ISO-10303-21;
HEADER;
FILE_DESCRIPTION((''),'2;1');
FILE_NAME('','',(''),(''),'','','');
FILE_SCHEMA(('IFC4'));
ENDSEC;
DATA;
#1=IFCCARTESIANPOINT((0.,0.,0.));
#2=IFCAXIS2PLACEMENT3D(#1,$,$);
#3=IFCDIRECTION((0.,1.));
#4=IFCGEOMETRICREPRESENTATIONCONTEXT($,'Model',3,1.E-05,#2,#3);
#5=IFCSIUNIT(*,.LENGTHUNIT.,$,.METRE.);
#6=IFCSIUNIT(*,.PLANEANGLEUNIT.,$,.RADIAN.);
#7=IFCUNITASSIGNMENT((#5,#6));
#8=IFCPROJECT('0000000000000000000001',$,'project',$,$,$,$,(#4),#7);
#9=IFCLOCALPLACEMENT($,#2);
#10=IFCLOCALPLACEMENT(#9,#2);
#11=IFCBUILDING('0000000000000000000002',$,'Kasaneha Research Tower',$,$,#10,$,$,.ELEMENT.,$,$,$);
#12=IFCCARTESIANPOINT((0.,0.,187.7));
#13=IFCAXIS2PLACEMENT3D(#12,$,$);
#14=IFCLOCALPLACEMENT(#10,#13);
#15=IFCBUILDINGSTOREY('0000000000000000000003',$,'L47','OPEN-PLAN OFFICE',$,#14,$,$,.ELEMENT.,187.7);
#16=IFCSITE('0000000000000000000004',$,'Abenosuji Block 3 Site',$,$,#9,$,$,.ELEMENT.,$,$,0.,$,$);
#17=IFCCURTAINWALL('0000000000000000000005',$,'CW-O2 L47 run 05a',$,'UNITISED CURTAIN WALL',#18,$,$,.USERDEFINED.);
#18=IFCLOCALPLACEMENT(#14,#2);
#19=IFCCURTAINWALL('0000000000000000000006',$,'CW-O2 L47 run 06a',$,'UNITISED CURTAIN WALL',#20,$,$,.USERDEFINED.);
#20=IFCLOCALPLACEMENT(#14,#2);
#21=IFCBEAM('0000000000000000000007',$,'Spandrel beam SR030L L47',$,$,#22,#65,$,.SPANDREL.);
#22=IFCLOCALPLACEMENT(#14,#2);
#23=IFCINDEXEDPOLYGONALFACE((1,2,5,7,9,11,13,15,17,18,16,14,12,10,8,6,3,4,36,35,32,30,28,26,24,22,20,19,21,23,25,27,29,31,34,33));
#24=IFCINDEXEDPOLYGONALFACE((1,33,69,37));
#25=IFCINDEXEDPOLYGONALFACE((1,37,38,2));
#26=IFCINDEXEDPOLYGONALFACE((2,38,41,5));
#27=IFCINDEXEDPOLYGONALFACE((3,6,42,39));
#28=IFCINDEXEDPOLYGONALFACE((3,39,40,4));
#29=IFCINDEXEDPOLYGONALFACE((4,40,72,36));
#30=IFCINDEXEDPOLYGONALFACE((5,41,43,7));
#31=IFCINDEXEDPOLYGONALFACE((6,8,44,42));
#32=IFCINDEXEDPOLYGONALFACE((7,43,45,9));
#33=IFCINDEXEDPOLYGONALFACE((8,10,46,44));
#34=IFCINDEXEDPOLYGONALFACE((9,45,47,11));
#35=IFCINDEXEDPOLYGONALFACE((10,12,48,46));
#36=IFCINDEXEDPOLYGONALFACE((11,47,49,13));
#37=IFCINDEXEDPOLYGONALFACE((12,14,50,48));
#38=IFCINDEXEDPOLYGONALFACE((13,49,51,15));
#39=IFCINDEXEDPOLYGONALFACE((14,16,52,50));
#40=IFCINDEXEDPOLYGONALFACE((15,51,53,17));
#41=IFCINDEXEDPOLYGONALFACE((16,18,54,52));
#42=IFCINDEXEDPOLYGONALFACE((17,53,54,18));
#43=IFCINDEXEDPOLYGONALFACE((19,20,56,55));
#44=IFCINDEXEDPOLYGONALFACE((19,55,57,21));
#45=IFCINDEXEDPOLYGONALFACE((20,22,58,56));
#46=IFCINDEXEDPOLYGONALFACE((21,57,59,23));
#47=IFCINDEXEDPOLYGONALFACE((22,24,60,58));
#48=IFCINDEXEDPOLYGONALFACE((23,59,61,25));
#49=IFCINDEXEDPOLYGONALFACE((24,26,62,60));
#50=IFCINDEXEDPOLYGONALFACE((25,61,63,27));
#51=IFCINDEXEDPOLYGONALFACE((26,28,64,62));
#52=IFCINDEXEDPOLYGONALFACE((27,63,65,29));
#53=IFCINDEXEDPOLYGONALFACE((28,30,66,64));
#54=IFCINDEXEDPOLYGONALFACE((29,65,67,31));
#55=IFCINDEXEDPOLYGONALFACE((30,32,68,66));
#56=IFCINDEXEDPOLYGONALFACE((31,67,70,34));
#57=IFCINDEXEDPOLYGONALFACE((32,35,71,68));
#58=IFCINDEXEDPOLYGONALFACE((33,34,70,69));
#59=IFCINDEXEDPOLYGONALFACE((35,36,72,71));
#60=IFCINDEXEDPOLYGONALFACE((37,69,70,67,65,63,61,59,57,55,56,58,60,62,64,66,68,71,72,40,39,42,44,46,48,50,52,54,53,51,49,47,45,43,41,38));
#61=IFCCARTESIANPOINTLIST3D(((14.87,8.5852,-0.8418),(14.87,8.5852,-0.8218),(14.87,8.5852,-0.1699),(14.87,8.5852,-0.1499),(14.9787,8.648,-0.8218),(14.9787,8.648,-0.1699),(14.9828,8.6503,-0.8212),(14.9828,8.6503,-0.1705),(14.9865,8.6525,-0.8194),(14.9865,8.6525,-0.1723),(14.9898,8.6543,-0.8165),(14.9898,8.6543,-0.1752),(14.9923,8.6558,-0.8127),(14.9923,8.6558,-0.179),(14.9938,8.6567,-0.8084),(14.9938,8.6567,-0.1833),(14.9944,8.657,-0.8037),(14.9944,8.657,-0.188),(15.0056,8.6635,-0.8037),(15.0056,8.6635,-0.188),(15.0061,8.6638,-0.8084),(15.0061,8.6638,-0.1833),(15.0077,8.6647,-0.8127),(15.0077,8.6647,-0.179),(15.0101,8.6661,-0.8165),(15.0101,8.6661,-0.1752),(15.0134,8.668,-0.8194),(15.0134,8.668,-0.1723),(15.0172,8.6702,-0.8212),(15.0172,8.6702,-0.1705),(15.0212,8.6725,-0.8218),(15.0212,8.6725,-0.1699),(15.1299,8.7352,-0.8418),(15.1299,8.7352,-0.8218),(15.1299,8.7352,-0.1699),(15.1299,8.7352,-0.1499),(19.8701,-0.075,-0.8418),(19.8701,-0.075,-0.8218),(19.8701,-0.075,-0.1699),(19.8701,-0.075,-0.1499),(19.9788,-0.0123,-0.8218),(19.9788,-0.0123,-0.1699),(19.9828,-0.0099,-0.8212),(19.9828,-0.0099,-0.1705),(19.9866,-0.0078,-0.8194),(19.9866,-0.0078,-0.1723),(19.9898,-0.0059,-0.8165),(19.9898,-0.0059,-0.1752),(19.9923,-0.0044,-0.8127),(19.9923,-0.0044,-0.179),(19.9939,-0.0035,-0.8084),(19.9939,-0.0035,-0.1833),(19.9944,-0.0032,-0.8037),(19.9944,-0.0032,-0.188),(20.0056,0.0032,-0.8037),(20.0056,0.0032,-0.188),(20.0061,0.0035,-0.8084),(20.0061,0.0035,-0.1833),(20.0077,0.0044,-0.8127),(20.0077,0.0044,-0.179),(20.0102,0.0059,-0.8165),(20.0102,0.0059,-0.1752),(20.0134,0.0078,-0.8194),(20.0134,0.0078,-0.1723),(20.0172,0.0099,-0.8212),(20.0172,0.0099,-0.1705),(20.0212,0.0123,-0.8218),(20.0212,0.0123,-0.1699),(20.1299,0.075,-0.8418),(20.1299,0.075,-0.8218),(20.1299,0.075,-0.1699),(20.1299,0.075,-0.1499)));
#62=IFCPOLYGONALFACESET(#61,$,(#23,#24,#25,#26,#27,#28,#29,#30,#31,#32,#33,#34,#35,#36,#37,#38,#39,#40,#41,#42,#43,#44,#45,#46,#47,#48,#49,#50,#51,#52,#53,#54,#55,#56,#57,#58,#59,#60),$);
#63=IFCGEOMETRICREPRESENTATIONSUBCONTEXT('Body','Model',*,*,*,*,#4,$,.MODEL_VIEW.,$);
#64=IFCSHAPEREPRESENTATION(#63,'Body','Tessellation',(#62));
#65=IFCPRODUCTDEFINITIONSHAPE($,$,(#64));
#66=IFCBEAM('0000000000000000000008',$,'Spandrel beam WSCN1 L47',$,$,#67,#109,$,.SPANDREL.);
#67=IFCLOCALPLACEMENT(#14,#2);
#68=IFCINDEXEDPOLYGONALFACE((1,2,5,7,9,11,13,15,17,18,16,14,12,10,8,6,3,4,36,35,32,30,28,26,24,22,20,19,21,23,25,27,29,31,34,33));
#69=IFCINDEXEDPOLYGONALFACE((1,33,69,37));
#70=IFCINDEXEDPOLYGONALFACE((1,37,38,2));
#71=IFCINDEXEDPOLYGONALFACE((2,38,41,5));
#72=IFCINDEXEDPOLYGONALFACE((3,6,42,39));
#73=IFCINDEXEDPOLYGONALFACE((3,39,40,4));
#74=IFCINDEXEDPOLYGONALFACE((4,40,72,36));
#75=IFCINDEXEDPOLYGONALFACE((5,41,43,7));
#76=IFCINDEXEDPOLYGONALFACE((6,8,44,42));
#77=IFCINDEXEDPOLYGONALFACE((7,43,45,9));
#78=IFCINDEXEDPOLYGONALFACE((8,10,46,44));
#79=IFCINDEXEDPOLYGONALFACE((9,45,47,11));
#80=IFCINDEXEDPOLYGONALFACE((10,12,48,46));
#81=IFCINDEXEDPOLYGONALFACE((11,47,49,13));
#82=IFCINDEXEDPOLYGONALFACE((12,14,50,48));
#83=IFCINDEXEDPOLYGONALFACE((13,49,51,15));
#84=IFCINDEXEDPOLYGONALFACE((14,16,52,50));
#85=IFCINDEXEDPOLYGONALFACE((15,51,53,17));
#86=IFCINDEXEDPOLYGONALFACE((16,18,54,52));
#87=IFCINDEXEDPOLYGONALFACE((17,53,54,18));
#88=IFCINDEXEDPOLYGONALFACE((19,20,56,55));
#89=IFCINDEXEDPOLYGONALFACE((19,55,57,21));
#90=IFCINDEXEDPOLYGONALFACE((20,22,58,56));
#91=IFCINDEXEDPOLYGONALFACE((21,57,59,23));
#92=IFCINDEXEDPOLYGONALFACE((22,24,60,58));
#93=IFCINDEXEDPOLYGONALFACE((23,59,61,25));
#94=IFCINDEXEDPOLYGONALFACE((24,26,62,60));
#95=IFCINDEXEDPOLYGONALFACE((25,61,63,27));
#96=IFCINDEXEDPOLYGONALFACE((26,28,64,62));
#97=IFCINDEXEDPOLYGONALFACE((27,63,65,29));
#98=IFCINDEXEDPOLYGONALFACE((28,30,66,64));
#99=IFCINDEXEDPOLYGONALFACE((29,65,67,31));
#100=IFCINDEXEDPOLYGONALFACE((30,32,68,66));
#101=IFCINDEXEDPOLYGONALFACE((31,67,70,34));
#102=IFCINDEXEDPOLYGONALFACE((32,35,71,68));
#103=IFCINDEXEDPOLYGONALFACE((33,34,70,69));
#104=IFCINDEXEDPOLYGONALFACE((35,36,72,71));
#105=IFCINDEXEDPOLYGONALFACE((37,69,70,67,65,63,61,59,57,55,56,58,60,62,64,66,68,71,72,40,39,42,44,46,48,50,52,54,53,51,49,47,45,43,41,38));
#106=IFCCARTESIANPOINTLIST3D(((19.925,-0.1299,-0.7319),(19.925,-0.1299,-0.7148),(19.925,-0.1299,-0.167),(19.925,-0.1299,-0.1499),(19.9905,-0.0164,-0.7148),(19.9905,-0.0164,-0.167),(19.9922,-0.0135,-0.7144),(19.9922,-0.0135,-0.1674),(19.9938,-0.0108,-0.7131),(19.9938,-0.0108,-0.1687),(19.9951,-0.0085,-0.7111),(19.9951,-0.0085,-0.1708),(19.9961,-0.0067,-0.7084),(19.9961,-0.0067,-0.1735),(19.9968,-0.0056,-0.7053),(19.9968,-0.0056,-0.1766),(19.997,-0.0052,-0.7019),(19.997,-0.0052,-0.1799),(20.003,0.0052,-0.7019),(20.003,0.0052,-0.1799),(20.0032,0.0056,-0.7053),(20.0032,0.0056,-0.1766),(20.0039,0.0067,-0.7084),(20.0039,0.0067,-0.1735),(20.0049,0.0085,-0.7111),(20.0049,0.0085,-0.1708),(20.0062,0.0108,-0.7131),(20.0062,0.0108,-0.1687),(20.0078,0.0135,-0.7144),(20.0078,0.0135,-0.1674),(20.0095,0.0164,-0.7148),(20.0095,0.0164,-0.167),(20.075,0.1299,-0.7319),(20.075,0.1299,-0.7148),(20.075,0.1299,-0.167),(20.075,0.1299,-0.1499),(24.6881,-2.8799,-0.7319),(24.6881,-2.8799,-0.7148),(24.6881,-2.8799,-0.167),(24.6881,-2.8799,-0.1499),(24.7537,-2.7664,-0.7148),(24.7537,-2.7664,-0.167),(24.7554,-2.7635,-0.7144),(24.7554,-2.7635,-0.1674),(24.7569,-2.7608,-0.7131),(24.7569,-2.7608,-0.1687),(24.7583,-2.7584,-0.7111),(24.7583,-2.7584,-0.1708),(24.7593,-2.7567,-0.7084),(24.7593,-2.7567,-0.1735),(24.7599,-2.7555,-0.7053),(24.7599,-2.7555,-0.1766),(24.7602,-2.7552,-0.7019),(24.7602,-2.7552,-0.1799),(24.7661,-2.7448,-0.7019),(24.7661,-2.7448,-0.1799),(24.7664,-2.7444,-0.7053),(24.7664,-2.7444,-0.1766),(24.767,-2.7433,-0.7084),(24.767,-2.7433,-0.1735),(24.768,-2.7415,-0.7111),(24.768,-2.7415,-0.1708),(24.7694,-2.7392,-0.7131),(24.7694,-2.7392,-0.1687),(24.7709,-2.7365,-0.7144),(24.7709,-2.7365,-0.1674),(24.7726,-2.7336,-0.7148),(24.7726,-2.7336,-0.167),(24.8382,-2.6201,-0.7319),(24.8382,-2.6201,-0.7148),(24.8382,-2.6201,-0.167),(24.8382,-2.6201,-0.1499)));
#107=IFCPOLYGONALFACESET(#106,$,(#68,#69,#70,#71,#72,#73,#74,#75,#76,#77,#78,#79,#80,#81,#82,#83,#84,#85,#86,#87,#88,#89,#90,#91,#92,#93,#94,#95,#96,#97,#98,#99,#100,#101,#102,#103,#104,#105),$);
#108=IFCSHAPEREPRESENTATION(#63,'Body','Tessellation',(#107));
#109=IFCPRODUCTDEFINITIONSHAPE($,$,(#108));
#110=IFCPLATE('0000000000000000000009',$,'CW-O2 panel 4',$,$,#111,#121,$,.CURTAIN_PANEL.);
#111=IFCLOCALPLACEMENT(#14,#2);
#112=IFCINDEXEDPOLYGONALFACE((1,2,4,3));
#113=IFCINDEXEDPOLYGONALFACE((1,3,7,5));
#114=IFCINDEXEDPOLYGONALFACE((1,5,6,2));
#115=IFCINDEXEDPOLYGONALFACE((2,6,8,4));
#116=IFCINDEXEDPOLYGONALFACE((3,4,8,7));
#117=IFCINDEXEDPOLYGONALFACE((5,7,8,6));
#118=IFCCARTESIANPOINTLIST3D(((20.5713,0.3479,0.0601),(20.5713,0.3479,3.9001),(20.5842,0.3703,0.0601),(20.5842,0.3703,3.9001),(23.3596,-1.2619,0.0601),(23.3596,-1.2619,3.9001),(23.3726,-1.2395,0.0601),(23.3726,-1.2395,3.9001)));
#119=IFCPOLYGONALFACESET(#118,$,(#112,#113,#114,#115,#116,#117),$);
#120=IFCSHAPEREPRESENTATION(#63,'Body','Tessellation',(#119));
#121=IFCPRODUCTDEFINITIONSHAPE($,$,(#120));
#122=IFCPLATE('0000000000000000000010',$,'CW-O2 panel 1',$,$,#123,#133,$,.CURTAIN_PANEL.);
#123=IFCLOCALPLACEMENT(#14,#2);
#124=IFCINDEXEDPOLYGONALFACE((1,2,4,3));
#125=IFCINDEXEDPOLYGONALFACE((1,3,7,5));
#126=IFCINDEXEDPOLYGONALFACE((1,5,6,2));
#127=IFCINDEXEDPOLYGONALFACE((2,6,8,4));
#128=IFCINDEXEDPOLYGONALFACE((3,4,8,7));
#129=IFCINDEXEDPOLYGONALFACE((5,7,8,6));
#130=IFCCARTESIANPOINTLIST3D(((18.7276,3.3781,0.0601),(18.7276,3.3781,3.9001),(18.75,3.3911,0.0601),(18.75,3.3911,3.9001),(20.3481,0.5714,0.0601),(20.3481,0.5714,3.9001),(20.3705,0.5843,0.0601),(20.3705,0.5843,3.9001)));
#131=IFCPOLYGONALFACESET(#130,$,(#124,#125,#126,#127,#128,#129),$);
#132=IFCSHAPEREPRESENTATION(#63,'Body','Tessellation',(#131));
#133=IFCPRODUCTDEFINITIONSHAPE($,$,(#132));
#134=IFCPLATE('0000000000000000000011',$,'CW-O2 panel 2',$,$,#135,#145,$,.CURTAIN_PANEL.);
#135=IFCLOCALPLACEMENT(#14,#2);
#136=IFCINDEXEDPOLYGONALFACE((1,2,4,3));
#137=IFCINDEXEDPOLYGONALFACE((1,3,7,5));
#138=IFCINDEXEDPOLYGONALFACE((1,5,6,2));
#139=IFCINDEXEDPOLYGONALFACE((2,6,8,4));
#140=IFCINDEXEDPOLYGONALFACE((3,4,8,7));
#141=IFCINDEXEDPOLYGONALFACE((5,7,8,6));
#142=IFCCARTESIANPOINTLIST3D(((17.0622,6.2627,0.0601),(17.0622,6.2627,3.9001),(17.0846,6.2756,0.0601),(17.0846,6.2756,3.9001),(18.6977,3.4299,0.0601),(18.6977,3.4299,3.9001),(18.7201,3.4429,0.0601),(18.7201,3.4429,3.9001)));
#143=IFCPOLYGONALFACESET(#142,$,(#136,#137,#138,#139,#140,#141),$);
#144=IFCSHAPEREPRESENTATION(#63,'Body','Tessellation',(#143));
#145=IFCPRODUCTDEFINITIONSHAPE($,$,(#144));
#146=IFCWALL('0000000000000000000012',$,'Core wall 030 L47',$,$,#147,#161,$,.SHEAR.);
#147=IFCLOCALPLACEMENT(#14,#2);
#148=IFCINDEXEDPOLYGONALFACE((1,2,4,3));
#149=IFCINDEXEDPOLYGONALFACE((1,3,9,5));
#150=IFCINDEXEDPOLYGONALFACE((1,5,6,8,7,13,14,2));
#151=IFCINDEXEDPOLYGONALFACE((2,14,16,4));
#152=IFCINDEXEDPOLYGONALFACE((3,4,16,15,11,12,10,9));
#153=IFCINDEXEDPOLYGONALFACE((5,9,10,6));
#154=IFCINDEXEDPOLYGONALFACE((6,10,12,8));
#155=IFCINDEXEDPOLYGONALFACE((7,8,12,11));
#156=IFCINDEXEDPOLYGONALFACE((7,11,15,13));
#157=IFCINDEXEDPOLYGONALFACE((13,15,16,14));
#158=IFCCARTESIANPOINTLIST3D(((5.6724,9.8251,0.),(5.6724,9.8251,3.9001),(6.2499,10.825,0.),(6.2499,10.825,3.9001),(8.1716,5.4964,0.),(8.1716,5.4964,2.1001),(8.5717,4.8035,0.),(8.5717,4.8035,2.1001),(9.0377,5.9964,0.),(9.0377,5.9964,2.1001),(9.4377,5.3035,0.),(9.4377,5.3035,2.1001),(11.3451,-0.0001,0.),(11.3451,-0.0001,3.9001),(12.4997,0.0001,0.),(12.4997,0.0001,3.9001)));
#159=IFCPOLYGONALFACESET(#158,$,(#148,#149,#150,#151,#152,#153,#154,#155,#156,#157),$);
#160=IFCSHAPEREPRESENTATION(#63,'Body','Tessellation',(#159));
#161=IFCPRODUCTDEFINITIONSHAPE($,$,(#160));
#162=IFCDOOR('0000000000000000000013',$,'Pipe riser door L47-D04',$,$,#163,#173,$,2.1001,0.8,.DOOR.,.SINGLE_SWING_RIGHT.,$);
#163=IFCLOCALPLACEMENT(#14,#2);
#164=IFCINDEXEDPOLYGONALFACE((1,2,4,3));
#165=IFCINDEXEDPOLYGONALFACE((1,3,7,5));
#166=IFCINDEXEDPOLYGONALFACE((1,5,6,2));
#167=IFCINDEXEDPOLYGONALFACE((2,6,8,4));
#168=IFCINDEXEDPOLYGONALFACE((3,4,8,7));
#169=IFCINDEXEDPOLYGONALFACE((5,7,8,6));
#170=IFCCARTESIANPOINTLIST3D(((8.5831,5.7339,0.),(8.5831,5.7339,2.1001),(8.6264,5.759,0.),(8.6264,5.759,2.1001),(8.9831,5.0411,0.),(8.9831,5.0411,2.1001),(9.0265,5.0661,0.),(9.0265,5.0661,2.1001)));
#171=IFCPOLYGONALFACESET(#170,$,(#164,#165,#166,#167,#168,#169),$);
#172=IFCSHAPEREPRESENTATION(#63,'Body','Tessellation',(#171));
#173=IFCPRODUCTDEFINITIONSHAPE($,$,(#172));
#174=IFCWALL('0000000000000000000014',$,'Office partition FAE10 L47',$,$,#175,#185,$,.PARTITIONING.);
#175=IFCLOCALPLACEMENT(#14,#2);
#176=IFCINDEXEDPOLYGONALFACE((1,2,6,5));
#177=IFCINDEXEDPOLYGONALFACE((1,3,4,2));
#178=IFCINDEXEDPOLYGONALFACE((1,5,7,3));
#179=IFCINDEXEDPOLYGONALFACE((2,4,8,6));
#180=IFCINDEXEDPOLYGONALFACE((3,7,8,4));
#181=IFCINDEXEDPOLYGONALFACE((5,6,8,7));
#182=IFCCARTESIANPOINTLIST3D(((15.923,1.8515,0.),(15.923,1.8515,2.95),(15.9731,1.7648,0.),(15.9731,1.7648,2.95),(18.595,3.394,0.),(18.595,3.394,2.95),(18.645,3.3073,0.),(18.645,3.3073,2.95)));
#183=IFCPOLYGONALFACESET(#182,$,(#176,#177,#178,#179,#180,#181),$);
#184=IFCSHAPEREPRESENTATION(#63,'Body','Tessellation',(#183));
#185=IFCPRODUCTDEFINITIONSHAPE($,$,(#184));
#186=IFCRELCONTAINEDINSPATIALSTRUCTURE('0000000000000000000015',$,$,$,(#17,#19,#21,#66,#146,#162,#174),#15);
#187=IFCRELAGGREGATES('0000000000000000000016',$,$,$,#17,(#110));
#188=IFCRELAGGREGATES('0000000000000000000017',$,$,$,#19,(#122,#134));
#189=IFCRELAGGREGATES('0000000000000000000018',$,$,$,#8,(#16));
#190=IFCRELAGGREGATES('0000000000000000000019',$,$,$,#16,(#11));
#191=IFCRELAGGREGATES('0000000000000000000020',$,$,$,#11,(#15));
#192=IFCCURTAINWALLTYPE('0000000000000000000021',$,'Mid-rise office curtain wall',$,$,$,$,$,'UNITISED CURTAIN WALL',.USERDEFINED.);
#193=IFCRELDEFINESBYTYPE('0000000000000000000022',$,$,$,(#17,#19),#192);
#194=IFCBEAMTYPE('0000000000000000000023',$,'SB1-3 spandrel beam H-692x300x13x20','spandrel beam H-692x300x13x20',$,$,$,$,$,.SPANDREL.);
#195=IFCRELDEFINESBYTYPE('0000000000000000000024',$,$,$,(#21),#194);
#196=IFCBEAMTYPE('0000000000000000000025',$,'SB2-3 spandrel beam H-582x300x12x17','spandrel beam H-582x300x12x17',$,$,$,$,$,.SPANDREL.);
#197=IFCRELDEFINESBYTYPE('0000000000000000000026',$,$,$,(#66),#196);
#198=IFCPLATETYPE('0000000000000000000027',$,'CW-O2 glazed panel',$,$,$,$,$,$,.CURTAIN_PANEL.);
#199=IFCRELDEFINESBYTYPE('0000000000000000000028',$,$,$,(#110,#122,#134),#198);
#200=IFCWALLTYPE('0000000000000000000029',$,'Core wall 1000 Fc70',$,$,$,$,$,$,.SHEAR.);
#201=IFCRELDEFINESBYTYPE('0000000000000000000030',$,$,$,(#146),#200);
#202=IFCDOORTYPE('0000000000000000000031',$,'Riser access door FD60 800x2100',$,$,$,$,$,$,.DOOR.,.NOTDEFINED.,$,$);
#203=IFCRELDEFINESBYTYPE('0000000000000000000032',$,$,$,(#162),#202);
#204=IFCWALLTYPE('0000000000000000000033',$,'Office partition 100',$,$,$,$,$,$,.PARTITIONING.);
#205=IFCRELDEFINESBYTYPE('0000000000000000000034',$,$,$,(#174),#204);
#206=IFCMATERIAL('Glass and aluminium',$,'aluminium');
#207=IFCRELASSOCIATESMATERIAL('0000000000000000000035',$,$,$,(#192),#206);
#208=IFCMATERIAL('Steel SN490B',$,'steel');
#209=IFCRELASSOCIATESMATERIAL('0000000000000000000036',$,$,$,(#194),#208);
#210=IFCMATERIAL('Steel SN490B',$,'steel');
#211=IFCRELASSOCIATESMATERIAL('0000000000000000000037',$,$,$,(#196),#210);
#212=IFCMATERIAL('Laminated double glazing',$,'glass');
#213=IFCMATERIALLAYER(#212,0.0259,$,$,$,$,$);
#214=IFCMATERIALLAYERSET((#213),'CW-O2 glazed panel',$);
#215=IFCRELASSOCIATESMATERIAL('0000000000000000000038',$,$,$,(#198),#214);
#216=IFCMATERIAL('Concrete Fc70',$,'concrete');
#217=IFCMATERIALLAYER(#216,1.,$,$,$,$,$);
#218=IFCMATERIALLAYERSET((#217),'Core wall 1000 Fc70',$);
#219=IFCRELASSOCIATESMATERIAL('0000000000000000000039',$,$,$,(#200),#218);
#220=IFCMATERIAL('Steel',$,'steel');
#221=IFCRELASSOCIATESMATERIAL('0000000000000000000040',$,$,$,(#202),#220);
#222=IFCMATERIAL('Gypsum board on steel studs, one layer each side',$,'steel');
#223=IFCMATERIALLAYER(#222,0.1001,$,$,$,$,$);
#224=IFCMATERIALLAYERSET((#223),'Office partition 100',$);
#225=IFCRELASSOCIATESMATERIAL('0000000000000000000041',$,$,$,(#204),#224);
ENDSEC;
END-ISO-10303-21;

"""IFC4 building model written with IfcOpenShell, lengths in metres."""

from ifc_helpers import new_model, si_unit, direction, frame, frame_2d, origin, origin_2d, place, context, subcontext, project, spatial, polyline, rectangle, i_section, outline, extrude, material, layer, layer_set, material_profile, profile_set, type_object, element, fill, aggregate, save


model = new_model("IFC4")

# Units and contexts
model_context = context("Model", 3, precision=1e-05, world=origin(), true_north=direction((0.0, 1.0)))
body_context = subcontext(model_context, "Body", "Model", "MODEL_VIEW")
ifc_project = project(units=[si_unit("LENGTHUNIT", "METRE"), si_unit("PLANEANGLEUNIT", "RADIAN")], contexts=[model_context])

# Site, building, storey
site_placement = place(None, origin())
site = spatial("IfcSite", under=ifc_project, at=site_placement, Name="Abenosuji Block 3 Site", CompositionType="ELEMENT", RefElevation=0.0)
building_placement = place(site_placement, origin())
building = spatial("IfcBuilding", under=site, at=building_placement, Name="Kasaneha Research Tower", CompositionType="ELEMENT")
storey_placement = place(building_placement, frame((0.0, 0.0, 187.7)))
storey = spatial("IfcBuildingStorey", under=building, at=storey_placement, Name="L47", Description="OPEN-PLAN OFFICE", CompositionType="ELEMENT", Elevation=187.7)

# Curtain walls
ifc_material_1 = material(Name="Glass and aluminium", Category="aluminium")
curtain_wall_type = type_object("IfcCurtainWallType", Name="Mid-rise office curtain wall", ElementType="UNITISED CURTAIN WALL", PredefinedType="USERDEFINED", material=ifc_material_1)
curtain_wall_1_placement = place(storey_placement, origin())
curtain_wall_1 = element("IfcCurtainWall", 1, at=curtain_wall_1_placement, inside=storey, type_object=curtain_wall_type, Name="CW-O2 L47 run 05a", ObjectType="UNITISED CURTAIN WALL", PredefinedType="USERDEFINED")
curtain_wall_2_placement = place(storey_placement, origin())
curtain_wall_2 = element("IfcCurtainWall", 2, at=curtain_wall_2_placement, inside=storey, type_object=curtain_wall_type, Name="CW-O2 L47 run 06a", ObjectType="UNITISED CURTAIN WALL", PredefinedType="USERDEFINED")

# Beams
ifc_material_2 = material(Name="Steel SN490B", Category="steel")
ifc_material_profile_1 = material_profile(ifc_material_2, i_section(OverallWidth=0.3, OverallDepth=0.6919, WebThickness=0.0129, FlangeThickness=0.02, FilletRadius=0.0181, at=origin_2d()), Name="H-692x300x13x20")
ifc_profile_set_1 = profile_set([ifc_material_profile_1], Name="Steel SN490B")
beam_type_1 = type_object("IfcBeamType", Name="SB1-3 spandrel beam H-692x300x13x20", Description="spandrel beam H-692x300x13x20", PredefinedType="SPANDREL", material=ifc_profile_set_1)
beam_1_placement = place(storey_placement, frame((20.0, 0.0, -0.4958), z_axis=(-0.500004, 0.866023, 0.0), x_axis=(-0.866023, -0.500004, 0.0)))
element("IfcBeam", 3, at=beam_1_placement, inside=storey, type_object=beam_type_1, Name="Spandrel beam SR030L L47", PredefinedType="SPANDREL", context=body_context, shape_type="SweptSolid", body=[
    extrude(i_section(OverallWidth=0.3, OverallDepth=0.6919, WebThickness=0.0129, FlangeThickness=0.02, FilletRadius=0.0181, at=origin_2d()), origin(), (0.0, 0.0, 1.0), 10.0),
])
ifc_material_3 = material(Name="Steel SN490B", Category="steel")
ifc_material_profile_2 = material_profile(ifc_material_3, i_section(OverallWidth=0.3, OverallDepth=0.582, WebThickness=0.012, FlangeThickness=0.0171, FilletRadius=0.0129, at=origin_2d()), Name="H-582x300x12x17")
ifc_profile_set_2 = profile_set([ifc_material_profile_2], Name="Steel SN490B")
beam_type_2 = type_object("IfcBeamType", Name="SB2-3 spandrel beam H-582x300x12x17", Description="spandrel beam H-582x300x12x17", PredefinedType="SPANDREL", material=ifc_profile_set_2)
beam_2_placement = place(storey_placement, frame((20.0, 0.0, -0.4409), z_axis=(0.866027, -0.499997, 0.0), x_axis=(0.499997, 0.866027, 0.0)))
element("IfcBeam", 4, at=beam_2_placement, inside=storey, type_object=beam_type_2, Name="Spandrel beam WSCN1 L47", PredefinedType="SPANDREL", context=body_context, shape_type="SweptSolid", body=[
    extrude(i_section(OverallWidth=0.3, OverallDepth=0.582, WebThickness=0.012, FlangeThickness=0.0171, FilletRadius=0.0129, at=origin_2d()), origin(), (0.0, 0.0, 1.0), 5.5),
])

# Plates
ifc_material_4 = material(Name="Laminated double glazing", Category="glass")
ifc_layer_1 = layer(ifc_material_4, 0.0259)
ifc_layer_set_1 = layer_set([ifc_layer_1], Name="CW-O2 glazed panel")
plate_type = type_object("IfcPlateType", Name="CW-O2 glazed panel", PredefinedType="CURTAIN_PANEL", material=ifc_layer_set_1)
plate_1_placement = place(storey_placement, frame((21.9719, -0.4458, 0.0601), z_axis=(0.0, 0.0, 1.0), x_axis=(-0.866025, 0.5, 0.0)))
plate_1 = element("IfcPlate", 5, at=plate_1_placement, type_object=plate_type, Name="CW-O2 panel 4", PredefinedType="CURTAIN_PANEL", context=body_context, shape_type="SweptSolid", body=[
    extrude(rectangle(XDim=3.2197, YDim=0.0259, at=origin_2d()), origin(), (0.0, 0.0, 1.0), 3.8401),
])
aggregate(curtain_wall_1, [plate_1])
plate_2_placement = place(storey_placement, frame((19.5491, 1.9812, 0.0601), z_axis=(0.0, 0.0, 1.0), x_axis=(-0.5, 0.866025, 0.0)))
plate_2 = element("IfcPlate", 6, at=plate_2_placement, type_object=plate_type, Name="CW-O2 panel 1", PredefinedType="CURTAIN_PANEL", context=body_context, shape_type="SweptSolid", body=[
    extrude(rectangle(XDim=3.241, YDim=0.0259, at=origin_2d()), origin(), (0.0, 0.0, 1.0), 3.8401),
])
plate_3_placement = place(storey_placement, frame((17.8911, 4.8528, 0.0601), z_axis=(0.0, 0.0, 1.0), x_axis=(-0.5, 0.866025, 0.0)))
plate_3 = element("IfcPlate", 7, at=plate_3_placement, type_object=plate_type, Name="CW-O2 panel 2", PredefinedType="CURTAIN_PANEL", context=body_context, shape_type="SweptSolid", body=[
    extrude(rectangle(XDim=3.271, YDim=0.0259, at=origin_2d()), origin(), (0.0, 0.0, 1.0), 3.8401),
])
aggregate(curtain_wall_2, [plate_2, plate_3])

# Wall, opening, door
ifc_material_5 = material(Name="Concrete Fc70", Category="concrete")
ifc_layer_2 = layer(ifc_material_5, 1.0)
ifc_layer_set_2 = layer_set([ifc_layer_2], Name="Core wall 1000 Fc70")
wall_type_1 = type_object("IfcWallType", Name="Core wall 1000 Fc70", PredefinedType="SHEAR", material=ifc_layer_set_2)
wall_1_placement = place(storey_placement, frame((11.9224, 0.0, 0.0), z_axis=(0.0, 0.0, 1.0), x_axis=(-0.500004, 0.866023, 0.0)))
wall_1 = element("IfcWall", 8, at=wall_1_placement, inside=storey, type_object=wall_type_1, Name="Core wall 030 L47", PredefinedType="SHEAR", context=body_context, shape_type="SweptSolid", body=[
    extrude(outline(polyline([(-0.2886, -0.5), (5.8354, -0.5), (6.6355, -0.5), (12.2109, -0.5), (11.6338, 0.5), (6.6355, 0.5), (5.8354, 0.5), (0.2886, 0.5), (-0.2886, -0.5)])), origin(), (0.0, 0.0, 1.0), 3.9001),
])
opening_1_placement = place(wall_1_placement, frame((5.8354, 0.0, 0.0)))
opening_1 = element("IfcOpeningElement", 9, at=opening_1_placement, cuts=wall_1, PredefinedType="OPENING", context=body_context, shape_type="SweptSolid", body=[
    extrude(rectangle(XDim=0.8, YDim=2.1001, at=frame_2d((0.3999, 1.05))), frame((0.0, 0.51, 0.0), z_axis=(0.0, -1.0, 0.0), x_axis=(1.0, 0.0, 0.0)), (0.0, 0.0, 1.0), 1.02),
])
ifc_material_6 = material(Name="Steel", Category="steel")
door_type_1 = type_object("IfcDoorType", Name="Riser access door FD60 800x2100", OperationType="NOTDEFINED", PredefinedType="DOOR", material=ifc_material_6)
door_1_placement = place(opening_1_placement, origin())
door_1 = element("IfcDoor", 10, at=door_1_placement, inside=storey, type_object=door_type_1, Name="Pipe riser door L47-D04", OperationType="SINGLE_SWING_RIGHT", OverallHeight=2.1001, OverallWidth=0.8, PredefinedType="DOOR", context=body_context, shape_type="SweptSolid", body=[
    extrude(rectangle(XDim=0.8, YDim=2.1001, at=frame_2d((0.3999, 1.05))), frame((0.0, 0.0249, 0.0), z_axis=(0.0, -1.0, 0.0), x_axis=(1.0, 0.0, 0.0)), (0.0, 0.0, 1.0), 0.05),
])
fill(opening_1, door_1)

# Wall
ifc_material_7 = material(Name="Gypsum board on steel studs, one layer each side", Category="steel")
ifc_layer_3 = layer(ifc_material_7, 0.1001)
ifc_layer_set_3 = layer_set([ifc_layer_3], Name="Office partition 100")
wall_type_2 = type_object("IfcWallType", Name="Office partition 100", PredefinedType="PARTITIONING", material=ifc_layer_set_3)
wall_2_placement = place(storey_placement, frame((18.6199, 3.3506, 0.0), z_axis=(0.0, 0.0, 1.0), x_axis=(-0.866043, -0.499969, 0.0)))
element("IfcWall", 11, at=wall_2_placement, inside=storey, type_object=wall_type_2, Name="Office partition FAE10 L47", PredefinedType="PARTITIONING", context=body_context, shape_type="SweptSolid", body=[
    extrude(rectangle(XDim=3.0852, YDim=0.1001, at=frame_2d((1.5425, 0.0))), origin(), (0.0, 0.0, 1.0), 2.95),
])

save(model, "model.ifc")
